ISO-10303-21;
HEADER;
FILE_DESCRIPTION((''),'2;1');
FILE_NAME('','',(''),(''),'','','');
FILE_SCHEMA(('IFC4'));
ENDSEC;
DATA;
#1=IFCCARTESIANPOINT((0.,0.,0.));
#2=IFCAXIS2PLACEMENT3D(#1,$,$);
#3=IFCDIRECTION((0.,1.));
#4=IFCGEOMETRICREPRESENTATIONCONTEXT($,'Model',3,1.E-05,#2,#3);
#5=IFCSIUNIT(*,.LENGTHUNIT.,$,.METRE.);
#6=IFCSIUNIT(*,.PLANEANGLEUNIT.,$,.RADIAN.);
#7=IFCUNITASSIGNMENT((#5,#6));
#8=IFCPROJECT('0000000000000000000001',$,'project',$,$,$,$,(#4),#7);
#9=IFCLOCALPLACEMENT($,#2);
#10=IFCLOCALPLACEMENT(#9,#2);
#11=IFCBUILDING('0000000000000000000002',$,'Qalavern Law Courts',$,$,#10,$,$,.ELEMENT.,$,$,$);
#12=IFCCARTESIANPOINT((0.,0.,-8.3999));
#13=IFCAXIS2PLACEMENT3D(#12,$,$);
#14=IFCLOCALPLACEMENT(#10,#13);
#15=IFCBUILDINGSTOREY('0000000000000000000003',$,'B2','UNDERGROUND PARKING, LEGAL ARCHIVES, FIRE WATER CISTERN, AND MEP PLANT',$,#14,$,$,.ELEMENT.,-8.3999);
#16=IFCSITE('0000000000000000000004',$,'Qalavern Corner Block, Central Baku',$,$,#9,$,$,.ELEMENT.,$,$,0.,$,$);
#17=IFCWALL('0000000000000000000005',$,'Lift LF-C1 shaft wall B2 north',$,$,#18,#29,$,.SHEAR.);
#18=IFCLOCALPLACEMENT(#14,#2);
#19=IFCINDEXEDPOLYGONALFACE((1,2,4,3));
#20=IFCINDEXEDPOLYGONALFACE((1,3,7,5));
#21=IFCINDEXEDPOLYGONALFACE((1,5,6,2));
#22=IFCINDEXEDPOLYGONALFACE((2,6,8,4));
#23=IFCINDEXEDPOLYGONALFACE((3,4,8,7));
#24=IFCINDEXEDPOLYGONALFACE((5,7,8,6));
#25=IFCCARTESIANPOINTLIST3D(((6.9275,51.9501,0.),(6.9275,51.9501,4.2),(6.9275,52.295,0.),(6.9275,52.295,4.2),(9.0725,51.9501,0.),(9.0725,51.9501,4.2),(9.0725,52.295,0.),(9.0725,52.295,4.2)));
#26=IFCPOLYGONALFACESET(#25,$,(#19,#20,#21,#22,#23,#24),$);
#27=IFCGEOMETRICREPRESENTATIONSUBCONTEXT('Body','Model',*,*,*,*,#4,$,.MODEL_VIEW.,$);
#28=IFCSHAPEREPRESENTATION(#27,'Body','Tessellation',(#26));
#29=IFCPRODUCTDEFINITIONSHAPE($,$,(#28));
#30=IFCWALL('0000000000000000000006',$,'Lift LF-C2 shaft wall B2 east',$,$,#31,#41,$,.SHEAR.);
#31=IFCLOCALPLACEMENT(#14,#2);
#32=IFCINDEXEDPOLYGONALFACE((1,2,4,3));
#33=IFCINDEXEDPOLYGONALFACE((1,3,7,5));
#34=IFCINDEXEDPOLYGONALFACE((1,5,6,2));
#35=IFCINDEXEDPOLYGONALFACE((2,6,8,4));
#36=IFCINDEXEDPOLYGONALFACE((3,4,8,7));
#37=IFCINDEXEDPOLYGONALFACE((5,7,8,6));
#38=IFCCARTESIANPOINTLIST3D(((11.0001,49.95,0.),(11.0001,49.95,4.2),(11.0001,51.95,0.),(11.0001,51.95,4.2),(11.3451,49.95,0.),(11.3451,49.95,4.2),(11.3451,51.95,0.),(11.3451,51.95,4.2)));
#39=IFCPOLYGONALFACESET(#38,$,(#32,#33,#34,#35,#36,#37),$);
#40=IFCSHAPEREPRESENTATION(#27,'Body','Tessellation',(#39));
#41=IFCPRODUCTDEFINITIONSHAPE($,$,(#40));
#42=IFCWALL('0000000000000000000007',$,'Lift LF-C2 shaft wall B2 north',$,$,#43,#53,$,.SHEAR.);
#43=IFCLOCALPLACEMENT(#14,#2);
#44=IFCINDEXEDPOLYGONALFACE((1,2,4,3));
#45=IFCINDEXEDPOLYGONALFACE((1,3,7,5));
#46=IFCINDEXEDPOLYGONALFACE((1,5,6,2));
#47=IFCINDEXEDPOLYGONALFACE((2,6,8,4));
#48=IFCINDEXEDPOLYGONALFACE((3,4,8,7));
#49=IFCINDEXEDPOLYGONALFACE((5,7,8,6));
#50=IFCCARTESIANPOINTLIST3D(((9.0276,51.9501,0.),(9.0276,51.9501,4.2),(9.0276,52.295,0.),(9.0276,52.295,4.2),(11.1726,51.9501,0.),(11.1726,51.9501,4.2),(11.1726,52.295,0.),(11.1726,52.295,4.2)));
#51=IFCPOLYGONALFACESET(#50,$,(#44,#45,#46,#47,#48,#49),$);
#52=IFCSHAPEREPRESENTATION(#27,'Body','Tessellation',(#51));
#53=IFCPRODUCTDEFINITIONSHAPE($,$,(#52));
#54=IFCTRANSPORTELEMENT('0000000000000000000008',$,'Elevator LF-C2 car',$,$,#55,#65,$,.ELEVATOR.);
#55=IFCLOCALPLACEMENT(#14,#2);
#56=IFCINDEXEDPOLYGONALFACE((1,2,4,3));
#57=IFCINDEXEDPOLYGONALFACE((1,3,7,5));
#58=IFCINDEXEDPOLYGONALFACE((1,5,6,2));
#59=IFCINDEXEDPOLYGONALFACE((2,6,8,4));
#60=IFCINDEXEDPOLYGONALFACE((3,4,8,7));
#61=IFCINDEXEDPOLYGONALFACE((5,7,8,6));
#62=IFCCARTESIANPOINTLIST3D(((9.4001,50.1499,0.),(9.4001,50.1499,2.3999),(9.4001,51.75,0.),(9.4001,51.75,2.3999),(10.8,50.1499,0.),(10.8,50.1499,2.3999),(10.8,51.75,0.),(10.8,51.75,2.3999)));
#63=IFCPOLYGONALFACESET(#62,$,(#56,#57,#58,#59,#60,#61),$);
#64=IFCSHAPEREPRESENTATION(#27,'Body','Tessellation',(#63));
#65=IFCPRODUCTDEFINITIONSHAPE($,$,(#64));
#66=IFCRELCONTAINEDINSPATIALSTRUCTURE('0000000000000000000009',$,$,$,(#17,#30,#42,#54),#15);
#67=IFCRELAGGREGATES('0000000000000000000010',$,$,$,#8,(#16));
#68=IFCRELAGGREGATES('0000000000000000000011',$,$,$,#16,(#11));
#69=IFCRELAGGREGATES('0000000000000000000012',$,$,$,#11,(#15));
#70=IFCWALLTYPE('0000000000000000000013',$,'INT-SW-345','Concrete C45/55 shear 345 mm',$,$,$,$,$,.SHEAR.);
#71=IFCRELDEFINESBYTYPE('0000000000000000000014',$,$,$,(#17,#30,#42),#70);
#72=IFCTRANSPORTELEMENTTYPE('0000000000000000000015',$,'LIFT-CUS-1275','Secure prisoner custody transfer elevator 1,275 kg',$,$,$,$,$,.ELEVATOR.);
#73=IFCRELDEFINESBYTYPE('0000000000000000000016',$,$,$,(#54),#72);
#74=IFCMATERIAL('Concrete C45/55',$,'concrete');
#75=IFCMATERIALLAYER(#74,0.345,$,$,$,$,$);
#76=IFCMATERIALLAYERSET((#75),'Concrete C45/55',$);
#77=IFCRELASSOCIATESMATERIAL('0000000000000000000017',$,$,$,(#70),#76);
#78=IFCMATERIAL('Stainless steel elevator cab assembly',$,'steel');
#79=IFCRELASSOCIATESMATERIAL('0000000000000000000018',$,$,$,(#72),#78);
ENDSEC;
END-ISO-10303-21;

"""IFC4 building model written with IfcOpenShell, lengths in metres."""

from ifc_helpers import new_model, si_unit, direction, frame, frame_2d, origin, origin_2d, place, context, subcontext, project, spatial, rectangle, extrude, material, layer, layer_set, type_object, element, save


model = new_model("IFC4")

# Units and contexts
model_context = context("Model", 3, precision=1e-05, world=origin(), true_north=direction((0.0, 1.0)))
body_context = subcontext(model_context, "Body", "Model", "MODEL_VIEW")
ifc_project = project(units=[si_unit("LENGTHUNIT", "METRE"), si_unit("PLANEANGLEUNIT", "RADIAN")], contexts=[model_context])

# Site, building, storey
site_placement = place(None, origin())
site = spatial("IfcSite", under=ifc_project, at=site_placement, Name="Qalavern Corner Block, Central Baku", CompositionType="ELEMENT", RefElevation=0.0)
building_placement = place(site_placement, origin())
building = spatial("IfcBuilding", under=site, at=building_placement, Name="Qalavern Law Courts", CompositionType="ELEMENT")
storey_placement = place(building_placement, frame((0.0, 0.0, -8.3999)))
storey = spatial("IfcBuildingStorey", under=building, at=storey_placement, Name="B2", Description="UNDERGROUND PARKING, LEGAL ARCHIVES, FIRE WATER CISTERN, AND MEP PLANT", CompositionType="ELEMENT", Elevation=-8.3999)

# Shared definitions
ifc_material_1 = material(Name="Concrete C45/55", Category="concrete")

# Walls
ifc_layer_1 = layer(ifc_material_1, 0.345)
ifc_layer_set_1 = layer_set([ifc_layer_1], Name="Concrete C45/55")
wall_type_1 = type_object("IfcWallType", Name="INT-SW-345", Description="Concrete C45/55 shear 345 mm", PredefinedType="SHEAR", material=ifc_layer_set_1)
wall_1_placement = place(storey_placement, frame((9.0725, 52.1226, 0.0), z_axis=(0.0, 0.0, 1.0), x_axis=(-1.0, 0.0, 0.0)))
element("IfcWall", 1, at=wall_1_placement, inside=storey, type_object=wall_type_1, Name="Lift LF-C1 shaft wall B2 north", PredefinedType="SHEAR", context=body_context, shape_type="SweptSolid", body=[
    extrude(rectangle(XDim=2.145, YDim=0.345, at=frame_2d((1.0725, 0.0))), origin(), (0.0, 0.0, 1.0), 4.2),
])
wall_2_placement = place(storey_placement, frame((11.1726, 49.95, 0.0), z_axis=(0.0, 0.0, 1.0), x_axis=(0.0, 1.0, 0.0)))
element("IfcWall", 2, at=wall_2_placement, inside=storey, type_object=wall_type_1, Name="Lift LF-C2 shaft wall B2 east", PredefinedType="SHEAR", context=body_context, shape_type="SweptSolid", body=[
    extrude(rectangle(XDim=2.0, YDim=0.345, at=frame_2d((1.0, 0.0))), origin(), (0.0, 0.0, 1.0), 4.2),
])
wall_3_placement = place(storey_placement, frame((11.1726, 52.1226, 0.0), z_axis=(0.0, 0.0, 1.0), x_axis=(-1.0, 0.0, 0.0)))
element("IfcWall", 3, at=wall_3_placement, inside=storey, type_object=wall_type_1, Name="Lift LF-C2 shaft wall B2 north", PredefinedType="SHEAR", context=body_context, shape_type="SweptSolid", body=[
    extrude(rectangle(XDim=2.145, YDim=0.345, at=frame_2d((1.0725, 0.0))), origin(), (0.0, 0.0, 1.0), 4.2),
])

# Transport element
ifc_material_2 = material(Name="Stainless steel elevator cab assembly", Category="steel")
transport_element_type = type_object("IfcTransportElementType", Name="LIFT-CUS-1275", Description="Secure prisoner custody transfer elevator 1,275 kg", PredefinedType="ELEVATOR", material=ifc_material_2)
transport_element_placement = place(storey_placement, frame((10.1001, 50.95, 0.0), z_axis=(0.0, 0.0, 1.0), x_axis=(1.0, 0.0, 0.0)))
element("IfcTransportElement", 4, at=transport_element_placement, inside=storey, type_object=transport_element_type, Name="Elevator LF-C2 car", PredefinedType="ELEVATOR", context=body_context, shape_type="SweptSolid", body=[
    extrude(rectangle(XDim=1.3999, YDim=1.6001, at=origin_2d()), origin(), (0.0, 0.0, 1.0), 2.3999),
])

save(model, "model.ifc")
